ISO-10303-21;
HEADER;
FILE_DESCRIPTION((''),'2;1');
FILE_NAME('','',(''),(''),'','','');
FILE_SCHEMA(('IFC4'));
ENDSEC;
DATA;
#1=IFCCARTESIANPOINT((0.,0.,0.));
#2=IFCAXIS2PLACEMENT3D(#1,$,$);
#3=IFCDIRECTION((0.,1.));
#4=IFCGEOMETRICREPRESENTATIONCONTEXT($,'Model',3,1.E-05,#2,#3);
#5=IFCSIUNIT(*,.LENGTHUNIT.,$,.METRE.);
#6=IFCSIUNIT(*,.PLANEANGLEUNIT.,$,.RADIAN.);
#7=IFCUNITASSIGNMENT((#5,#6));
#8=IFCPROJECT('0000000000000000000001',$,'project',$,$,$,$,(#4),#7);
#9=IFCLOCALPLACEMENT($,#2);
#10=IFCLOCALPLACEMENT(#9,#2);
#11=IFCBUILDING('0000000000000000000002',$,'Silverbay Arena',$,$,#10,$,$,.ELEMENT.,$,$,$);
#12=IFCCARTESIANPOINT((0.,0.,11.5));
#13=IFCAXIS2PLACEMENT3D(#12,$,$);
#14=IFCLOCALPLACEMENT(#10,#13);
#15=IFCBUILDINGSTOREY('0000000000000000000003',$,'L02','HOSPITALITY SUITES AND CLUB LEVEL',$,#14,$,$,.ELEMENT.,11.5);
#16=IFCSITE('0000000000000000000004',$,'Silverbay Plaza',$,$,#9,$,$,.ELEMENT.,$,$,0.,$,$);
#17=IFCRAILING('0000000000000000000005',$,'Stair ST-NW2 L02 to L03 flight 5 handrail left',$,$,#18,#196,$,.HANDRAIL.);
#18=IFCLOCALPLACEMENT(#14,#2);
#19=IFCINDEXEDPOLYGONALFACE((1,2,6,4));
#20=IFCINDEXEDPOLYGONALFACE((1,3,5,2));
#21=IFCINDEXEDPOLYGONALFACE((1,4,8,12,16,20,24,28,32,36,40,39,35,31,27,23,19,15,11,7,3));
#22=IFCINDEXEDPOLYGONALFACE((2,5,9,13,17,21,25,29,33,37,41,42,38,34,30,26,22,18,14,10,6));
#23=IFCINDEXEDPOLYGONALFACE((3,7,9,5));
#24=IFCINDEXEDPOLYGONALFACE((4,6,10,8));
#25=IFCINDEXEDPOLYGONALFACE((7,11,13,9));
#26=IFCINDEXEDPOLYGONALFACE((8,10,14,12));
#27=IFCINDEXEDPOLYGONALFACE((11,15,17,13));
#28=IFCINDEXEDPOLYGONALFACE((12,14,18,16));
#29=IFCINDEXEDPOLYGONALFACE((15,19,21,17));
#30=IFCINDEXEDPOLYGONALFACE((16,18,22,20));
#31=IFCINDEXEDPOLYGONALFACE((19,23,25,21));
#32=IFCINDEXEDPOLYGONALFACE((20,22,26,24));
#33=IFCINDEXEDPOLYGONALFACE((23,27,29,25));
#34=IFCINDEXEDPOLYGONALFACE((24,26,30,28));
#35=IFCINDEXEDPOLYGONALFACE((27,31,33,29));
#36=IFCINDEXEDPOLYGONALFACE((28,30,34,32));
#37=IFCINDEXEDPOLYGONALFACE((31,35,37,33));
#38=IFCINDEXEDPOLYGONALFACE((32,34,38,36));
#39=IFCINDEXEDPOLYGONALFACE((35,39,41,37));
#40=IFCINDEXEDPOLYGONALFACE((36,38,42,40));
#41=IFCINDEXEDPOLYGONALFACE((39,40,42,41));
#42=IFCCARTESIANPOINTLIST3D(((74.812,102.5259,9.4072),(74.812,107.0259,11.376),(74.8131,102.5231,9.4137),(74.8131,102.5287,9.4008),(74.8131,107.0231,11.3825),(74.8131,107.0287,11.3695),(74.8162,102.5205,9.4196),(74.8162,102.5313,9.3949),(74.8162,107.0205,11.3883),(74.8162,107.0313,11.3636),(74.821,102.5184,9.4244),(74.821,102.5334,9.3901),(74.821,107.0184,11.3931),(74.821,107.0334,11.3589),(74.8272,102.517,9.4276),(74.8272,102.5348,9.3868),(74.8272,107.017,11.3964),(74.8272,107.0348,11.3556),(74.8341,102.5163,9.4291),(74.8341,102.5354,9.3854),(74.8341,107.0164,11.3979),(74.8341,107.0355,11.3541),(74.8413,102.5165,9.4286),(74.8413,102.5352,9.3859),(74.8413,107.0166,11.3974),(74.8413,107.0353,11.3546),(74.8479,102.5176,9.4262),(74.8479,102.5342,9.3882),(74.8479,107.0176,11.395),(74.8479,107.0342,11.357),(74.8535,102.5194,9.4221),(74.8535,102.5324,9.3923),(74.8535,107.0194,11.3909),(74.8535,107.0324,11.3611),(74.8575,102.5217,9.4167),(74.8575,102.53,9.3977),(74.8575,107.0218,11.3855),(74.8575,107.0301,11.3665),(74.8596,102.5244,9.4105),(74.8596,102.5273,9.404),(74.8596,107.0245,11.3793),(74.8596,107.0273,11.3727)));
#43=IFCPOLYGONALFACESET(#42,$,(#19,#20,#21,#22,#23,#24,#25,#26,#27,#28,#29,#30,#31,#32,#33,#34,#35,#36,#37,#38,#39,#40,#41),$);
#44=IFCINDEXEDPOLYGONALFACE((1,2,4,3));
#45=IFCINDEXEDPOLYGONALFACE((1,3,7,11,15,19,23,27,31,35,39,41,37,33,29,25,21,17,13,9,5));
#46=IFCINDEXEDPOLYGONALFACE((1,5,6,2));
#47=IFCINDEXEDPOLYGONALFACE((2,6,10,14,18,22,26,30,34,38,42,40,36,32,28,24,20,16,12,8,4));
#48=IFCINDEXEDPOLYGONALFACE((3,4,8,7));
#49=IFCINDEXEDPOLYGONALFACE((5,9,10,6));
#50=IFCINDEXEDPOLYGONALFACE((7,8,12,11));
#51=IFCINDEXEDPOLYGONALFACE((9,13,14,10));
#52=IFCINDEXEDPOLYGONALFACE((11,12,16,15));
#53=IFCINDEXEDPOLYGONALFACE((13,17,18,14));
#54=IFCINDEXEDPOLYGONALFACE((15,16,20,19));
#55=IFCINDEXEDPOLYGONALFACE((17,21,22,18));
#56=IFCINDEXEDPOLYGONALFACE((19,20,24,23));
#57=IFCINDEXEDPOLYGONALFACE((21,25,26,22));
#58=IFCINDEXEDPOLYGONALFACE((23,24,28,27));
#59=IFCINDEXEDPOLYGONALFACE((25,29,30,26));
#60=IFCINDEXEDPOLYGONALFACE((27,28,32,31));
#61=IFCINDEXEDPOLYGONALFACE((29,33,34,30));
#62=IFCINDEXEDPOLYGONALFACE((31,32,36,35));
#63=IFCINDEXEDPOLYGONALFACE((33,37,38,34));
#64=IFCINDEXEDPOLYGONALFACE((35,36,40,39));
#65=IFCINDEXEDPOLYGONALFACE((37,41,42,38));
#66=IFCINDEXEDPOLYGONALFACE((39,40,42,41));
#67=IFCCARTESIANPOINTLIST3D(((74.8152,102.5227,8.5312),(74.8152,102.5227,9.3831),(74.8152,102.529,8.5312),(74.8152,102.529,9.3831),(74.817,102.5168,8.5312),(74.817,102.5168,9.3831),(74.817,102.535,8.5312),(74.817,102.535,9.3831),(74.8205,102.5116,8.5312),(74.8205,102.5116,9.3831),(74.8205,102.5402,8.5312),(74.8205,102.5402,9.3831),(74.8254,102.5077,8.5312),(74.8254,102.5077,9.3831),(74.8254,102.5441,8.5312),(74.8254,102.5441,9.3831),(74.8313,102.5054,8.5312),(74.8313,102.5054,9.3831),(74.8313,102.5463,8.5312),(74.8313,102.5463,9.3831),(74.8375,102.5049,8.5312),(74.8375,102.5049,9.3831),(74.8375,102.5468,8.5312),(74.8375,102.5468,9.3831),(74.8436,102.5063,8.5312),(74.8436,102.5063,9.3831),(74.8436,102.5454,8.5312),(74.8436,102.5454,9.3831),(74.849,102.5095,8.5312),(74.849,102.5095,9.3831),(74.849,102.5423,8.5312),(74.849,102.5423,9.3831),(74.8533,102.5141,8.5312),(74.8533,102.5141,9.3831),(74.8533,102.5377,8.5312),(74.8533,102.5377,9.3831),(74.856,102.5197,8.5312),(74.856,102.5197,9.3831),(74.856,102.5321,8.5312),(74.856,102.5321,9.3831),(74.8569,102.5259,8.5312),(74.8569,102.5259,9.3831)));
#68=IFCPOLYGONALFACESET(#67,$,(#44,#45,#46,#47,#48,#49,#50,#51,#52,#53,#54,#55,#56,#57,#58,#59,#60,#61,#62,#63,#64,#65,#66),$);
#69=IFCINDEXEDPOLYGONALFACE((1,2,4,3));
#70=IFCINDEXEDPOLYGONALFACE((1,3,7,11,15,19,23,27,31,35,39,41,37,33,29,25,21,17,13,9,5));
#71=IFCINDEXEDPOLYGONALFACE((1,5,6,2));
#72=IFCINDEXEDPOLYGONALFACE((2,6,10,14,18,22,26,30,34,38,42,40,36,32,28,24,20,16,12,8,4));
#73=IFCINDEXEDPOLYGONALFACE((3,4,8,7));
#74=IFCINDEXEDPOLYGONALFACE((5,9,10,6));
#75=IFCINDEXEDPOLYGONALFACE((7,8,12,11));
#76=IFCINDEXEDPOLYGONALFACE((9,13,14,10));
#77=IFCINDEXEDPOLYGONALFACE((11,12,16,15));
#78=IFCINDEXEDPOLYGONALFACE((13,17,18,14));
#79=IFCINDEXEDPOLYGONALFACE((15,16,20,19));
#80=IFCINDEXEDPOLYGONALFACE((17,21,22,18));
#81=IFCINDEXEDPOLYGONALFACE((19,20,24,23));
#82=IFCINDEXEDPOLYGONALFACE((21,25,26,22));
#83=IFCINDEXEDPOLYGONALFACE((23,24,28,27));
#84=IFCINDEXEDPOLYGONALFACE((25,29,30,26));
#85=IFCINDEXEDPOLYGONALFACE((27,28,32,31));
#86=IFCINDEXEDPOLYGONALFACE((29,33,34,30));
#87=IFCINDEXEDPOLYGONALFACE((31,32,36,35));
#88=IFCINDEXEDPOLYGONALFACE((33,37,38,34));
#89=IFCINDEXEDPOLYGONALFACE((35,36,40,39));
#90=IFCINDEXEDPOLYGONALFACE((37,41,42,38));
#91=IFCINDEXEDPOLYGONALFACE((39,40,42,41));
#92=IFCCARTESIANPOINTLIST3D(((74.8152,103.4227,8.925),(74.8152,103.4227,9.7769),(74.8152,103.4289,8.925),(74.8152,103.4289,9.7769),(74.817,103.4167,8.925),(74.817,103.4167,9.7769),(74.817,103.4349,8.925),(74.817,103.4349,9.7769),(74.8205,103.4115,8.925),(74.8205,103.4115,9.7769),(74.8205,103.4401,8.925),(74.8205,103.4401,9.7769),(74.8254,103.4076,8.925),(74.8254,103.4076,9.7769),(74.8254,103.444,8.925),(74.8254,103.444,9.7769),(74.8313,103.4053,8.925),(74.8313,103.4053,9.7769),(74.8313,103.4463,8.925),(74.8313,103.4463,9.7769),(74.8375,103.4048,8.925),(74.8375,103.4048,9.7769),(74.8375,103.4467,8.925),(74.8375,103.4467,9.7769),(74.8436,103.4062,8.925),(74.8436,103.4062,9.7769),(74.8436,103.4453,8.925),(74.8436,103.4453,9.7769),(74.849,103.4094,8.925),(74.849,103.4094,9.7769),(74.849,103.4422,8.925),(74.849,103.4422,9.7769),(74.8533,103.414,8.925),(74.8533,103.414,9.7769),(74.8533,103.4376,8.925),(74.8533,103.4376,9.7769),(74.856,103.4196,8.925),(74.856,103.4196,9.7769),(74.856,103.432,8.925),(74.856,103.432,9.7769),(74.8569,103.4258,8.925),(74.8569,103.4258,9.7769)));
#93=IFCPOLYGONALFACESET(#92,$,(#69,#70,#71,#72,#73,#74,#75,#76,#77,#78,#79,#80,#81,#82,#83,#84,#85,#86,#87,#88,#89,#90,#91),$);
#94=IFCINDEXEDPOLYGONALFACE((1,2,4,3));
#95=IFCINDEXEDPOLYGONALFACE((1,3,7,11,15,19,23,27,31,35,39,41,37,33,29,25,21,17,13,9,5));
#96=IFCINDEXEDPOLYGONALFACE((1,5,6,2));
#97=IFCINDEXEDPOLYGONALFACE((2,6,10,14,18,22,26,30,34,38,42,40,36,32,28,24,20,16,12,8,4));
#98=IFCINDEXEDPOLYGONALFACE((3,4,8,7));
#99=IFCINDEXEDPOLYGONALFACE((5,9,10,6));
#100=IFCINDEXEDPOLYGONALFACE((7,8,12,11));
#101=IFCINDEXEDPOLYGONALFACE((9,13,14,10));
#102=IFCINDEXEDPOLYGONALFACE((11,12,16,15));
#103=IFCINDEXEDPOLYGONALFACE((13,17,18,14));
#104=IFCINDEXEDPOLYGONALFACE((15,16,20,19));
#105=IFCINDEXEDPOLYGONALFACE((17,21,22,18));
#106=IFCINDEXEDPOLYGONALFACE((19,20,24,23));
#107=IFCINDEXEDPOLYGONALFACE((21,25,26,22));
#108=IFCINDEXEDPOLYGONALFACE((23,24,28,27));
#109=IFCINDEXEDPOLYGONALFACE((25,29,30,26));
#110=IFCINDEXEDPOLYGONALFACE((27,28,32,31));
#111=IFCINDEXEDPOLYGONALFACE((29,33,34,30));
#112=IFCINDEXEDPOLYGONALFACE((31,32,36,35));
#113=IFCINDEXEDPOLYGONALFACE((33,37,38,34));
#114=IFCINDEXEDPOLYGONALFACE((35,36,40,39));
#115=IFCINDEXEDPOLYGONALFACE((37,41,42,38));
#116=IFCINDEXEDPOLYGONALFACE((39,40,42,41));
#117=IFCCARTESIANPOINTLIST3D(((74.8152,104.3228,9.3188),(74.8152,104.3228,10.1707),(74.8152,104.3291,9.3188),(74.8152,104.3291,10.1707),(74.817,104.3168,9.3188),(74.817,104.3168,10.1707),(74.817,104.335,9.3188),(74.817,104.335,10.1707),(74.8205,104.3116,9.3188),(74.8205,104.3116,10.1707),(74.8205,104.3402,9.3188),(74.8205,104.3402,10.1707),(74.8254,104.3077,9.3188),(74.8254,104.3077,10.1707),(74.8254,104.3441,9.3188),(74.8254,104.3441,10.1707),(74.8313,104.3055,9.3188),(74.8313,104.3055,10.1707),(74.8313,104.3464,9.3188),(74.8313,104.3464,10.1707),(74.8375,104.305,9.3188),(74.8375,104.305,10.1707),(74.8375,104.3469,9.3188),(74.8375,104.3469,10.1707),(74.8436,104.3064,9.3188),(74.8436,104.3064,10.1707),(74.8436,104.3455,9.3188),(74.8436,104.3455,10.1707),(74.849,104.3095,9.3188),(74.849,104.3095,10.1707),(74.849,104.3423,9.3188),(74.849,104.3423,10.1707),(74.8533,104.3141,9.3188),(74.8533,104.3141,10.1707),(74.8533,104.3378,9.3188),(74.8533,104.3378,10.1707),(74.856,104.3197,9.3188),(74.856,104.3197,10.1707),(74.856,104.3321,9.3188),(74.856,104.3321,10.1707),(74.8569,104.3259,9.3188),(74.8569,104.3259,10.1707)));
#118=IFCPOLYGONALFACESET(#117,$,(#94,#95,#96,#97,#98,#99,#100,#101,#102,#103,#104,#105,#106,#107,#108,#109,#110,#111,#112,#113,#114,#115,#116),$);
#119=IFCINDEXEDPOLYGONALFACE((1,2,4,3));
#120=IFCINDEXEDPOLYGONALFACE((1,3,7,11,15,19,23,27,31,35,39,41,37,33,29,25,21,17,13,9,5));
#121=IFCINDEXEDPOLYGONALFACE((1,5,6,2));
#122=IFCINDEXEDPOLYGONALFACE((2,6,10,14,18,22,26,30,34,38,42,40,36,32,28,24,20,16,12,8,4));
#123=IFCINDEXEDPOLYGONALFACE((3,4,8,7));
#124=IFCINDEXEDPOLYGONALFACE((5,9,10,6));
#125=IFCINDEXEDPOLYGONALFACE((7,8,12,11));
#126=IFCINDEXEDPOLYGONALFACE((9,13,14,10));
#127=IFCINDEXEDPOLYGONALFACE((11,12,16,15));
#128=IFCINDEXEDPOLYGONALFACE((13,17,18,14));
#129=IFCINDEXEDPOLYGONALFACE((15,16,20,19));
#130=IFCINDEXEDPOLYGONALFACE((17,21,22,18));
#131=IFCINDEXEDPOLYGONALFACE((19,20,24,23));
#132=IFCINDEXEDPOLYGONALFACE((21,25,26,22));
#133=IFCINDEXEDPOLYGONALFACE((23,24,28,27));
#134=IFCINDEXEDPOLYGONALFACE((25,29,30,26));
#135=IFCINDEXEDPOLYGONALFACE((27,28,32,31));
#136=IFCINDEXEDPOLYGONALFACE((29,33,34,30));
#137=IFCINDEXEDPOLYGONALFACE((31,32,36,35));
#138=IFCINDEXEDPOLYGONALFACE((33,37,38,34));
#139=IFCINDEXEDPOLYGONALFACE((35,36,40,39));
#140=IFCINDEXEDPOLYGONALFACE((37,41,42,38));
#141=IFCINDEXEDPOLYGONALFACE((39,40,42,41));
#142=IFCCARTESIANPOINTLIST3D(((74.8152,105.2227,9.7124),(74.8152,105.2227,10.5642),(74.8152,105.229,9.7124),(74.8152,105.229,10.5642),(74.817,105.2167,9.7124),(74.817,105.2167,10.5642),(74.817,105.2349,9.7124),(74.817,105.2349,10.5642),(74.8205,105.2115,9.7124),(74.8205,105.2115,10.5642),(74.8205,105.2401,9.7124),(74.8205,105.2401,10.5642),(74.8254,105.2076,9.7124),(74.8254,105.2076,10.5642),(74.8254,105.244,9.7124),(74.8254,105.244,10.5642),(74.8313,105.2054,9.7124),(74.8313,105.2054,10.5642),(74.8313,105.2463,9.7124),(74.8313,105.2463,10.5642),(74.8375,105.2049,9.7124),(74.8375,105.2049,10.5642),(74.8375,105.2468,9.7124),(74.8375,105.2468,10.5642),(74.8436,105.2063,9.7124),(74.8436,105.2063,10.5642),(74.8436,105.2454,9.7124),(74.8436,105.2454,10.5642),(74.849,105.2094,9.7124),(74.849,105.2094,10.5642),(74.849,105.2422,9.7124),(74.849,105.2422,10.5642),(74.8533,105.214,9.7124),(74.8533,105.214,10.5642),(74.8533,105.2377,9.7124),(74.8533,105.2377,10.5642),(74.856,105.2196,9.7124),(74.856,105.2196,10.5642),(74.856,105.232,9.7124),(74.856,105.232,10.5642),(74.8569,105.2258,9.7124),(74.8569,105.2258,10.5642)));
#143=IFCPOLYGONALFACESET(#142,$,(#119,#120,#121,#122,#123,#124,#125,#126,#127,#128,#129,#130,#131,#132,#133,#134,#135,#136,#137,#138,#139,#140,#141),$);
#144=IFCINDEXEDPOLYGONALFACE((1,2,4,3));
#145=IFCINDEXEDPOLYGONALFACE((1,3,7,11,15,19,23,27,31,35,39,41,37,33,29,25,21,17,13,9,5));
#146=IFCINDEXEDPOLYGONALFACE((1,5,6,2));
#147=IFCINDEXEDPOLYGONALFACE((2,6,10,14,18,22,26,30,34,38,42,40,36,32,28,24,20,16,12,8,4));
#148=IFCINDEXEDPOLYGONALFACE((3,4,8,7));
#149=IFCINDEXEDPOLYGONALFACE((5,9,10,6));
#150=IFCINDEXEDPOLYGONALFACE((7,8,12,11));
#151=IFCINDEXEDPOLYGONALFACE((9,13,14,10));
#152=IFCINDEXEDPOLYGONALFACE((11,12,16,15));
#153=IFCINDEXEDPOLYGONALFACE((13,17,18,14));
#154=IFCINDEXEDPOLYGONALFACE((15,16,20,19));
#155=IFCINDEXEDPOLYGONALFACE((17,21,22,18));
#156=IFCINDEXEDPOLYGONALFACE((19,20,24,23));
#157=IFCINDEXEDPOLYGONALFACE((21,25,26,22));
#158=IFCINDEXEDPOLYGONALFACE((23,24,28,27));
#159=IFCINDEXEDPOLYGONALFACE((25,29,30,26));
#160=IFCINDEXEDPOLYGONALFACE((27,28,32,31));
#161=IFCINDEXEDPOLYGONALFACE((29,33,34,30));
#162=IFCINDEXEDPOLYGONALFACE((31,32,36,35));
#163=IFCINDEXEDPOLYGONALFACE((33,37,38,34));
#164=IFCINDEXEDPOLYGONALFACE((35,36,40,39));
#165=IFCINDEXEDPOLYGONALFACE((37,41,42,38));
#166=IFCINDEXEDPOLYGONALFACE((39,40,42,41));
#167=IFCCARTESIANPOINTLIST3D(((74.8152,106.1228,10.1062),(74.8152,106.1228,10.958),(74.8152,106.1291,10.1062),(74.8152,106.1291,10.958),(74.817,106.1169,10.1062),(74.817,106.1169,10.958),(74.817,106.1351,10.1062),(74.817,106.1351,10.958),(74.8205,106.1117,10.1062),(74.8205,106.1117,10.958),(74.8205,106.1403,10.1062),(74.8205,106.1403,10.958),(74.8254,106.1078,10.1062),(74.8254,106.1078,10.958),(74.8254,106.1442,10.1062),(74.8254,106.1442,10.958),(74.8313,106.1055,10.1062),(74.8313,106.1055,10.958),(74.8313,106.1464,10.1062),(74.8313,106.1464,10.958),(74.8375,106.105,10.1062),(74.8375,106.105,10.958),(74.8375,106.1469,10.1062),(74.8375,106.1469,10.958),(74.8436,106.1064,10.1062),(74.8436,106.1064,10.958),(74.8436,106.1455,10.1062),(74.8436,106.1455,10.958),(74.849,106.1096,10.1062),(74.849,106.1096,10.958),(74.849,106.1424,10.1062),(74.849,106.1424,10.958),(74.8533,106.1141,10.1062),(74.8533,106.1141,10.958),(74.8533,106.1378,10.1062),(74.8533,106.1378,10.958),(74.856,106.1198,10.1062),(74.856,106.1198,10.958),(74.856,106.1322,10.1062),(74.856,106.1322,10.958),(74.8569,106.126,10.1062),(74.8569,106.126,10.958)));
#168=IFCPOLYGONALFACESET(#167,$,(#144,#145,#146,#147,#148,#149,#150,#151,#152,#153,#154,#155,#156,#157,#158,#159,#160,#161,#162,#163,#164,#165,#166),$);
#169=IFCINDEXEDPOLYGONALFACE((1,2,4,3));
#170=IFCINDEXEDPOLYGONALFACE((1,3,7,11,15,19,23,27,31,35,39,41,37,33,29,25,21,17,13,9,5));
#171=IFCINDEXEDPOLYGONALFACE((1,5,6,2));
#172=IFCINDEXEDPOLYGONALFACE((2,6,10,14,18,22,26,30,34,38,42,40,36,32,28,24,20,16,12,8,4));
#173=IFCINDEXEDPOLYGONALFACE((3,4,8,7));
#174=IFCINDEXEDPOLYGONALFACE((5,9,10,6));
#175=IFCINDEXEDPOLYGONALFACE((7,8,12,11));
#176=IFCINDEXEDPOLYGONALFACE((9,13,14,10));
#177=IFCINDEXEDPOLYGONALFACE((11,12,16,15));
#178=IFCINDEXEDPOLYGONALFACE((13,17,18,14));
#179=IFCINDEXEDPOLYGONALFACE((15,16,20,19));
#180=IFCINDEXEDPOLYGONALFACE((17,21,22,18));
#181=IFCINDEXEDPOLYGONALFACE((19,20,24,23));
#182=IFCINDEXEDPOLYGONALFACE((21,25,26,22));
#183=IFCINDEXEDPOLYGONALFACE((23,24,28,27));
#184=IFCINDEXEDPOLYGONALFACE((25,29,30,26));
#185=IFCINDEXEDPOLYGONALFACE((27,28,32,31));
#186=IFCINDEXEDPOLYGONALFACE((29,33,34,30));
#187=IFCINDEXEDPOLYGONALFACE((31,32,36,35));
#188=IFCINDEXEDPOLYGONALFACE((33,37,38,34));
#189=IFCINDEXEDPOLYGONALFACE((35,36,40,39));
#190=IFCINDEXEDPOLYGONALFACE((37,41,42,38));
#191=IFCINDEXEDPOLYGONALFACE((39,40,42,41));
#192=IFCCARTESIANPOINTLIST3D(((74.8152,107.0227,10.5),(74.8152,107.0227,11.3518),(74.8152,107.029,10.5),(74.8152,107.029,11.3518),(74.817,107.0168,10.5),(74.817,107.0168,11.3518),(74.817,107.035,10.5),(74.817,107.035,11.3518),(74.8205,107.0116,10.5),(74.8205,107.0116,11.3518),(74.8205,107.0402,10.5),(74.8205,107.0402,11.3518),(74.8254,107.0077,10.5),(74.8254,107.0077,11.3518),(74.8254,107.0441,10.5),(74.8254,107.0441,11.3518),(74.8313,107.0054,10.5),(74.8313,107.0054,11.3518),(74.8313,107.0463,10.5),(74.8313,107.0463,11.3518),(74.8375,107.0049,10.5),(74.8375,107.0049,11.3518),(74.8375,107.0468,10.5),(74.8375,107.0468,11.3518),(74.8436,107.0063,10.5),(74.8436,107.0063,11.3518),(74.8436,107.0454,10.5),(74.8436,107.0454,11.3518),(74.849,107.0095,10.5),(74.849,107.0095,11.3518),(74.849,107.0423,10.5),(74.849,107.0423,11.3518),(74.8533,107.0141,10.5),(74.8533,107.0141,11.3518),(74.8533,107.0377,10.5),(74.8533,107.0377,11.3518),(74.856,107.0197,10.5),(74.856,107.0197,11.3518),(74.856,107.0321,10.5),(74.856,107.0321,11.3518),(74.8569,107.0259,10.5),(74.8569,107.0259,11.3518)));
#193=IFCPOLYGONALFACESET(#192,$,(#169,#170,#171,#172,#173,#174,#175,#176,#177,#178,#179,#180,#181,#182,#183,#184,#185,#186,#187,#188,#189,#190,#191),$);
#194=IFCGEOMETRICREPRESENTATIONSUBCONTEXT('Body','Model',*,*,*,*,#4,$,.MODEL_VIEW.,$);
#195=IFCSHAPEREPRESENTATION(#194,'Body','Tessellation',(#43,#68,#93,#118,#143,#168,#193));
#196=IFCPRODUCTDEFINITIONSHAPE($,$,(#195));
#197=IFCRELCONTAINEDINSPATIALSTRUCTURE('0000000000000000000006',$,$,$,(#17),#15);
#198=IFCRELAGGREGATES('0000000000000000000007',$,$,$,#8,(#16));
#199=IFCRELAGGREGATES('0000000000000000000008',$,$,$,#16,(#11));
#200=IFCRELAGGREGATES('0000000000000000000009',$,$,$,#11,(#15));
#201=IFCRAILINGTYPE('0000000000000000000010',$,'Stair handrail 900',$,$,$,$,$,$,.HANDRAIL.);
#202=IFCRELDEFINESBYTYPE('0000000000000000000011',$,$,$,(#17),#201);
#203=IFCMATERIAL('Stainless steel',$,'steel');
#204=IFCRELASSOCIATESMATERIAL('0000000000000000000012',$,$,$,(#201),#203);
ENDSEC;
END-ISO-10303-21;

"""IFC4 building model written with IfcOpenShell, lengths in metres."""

from ifc_helpers import new_model, si_unit, direction, frame, origin, origin_2d, place, context, subcontext, project, spatial, circle, extrude, material, type_object, element, save


model = new_model("IFC4")

# Units and contexts
model_context = context("Model", 3, precision=1e-05, world=origin(), true_north=direction((0.0, 1.0)))
body_context = subcontext(model_context, "Body", "Model", "MODEL_VIEW")
ifc_project = project(units=[si_unit("LENGTHUNIT", "METRE"), si_unit("PLANEANGLEUNIT", "RADIAN")], contexts=[model_context])

# Site, building, storey
site_placement = place(None, origin())
site = spatial("IfcSite", under=ifc_project, at=site_placement, Name="Silverbay Plaza", CompositionType="ELEMENT", RefElevation=0.0)
building_placement = place(site_placement, origin())
building = spatial("IfcBuilding", under=site, at=building_placement, Name="Silverbay Arena", CompositionType="ELEMENT")
storey_placement = place(building_placement, frame((0.0, 0.0, 11.5)))
storey = spatial("IfcBuildingStorey", under=building, at=storey_placement, Name="L02", Description="HOSPITALITY SUITES AND CLUB LEVEL", CompositionType="ELEMENT", Elevation=11.5)

# Railing
ifc_material_1 = material(Name="Stainless steel", Category="steel")
railing_type_1 = type_object("IfcRailingType", Name="Stair handrail 900", PredefinedType="HANDRAIL", material=ifc_material_1)
railing_1_placement = place(storey_placement, frame((74.8359, 102.5259, 8.5312)))
element("IfcRailing", 1, at=railing_1_placement, inside=storey, type_object=railing_type_1, Name="Stair ST-NW2 L02 to L03 flight 5 handrail left", PredefinedType="HANDRAIL", context=body_context, shape_type="SweptSolid", body=[
    extrude(circle(Radius=0.0239, at=origin_2d()), frame((0.0, 0.0, 0.876), z_axis=(0.0, 0.916157, 0.400819), x_axis=(-1.0, 0.0, 0.0)), (0.0, 0.0, 1.0), 4.9119),
    extrude(circle(Radius=0.021, at=origin_2d()), origin(), (0.0, 0.0, 1.0), 0.8518),
    extrude(circle(Radius=0.021, at=origin_2d()), frame((0.0, 0.8999, 0.3938)), (0.0, 0.0, 1.0), 0.8518),
    extrude(circle(Radius=0.021, at=origin_2d()), frame((0.0, 1.8, 0.7876)), (0.0, 0.0, 1.0), 0.8518),
    extrude(circle(Radius=0.021, at=origin_2d()), frame((0.0, 2.7, 1.1812)), (0.0, 0.0, 1.0), 0.8518),
    extrude(circle(Radius=0.021, at=origin_2d()), frame((0.0, 3.6001, 1.575)), (0.0, 0.0, 1.0), 0.8518),
    extrude(circle(Radius=0.021, at=origin_2d()), frame((0.0, 4.5, 1.9688)), (0.0, 0.0, 1.0), 0.8518),
])

save(model, "model.ifc")
